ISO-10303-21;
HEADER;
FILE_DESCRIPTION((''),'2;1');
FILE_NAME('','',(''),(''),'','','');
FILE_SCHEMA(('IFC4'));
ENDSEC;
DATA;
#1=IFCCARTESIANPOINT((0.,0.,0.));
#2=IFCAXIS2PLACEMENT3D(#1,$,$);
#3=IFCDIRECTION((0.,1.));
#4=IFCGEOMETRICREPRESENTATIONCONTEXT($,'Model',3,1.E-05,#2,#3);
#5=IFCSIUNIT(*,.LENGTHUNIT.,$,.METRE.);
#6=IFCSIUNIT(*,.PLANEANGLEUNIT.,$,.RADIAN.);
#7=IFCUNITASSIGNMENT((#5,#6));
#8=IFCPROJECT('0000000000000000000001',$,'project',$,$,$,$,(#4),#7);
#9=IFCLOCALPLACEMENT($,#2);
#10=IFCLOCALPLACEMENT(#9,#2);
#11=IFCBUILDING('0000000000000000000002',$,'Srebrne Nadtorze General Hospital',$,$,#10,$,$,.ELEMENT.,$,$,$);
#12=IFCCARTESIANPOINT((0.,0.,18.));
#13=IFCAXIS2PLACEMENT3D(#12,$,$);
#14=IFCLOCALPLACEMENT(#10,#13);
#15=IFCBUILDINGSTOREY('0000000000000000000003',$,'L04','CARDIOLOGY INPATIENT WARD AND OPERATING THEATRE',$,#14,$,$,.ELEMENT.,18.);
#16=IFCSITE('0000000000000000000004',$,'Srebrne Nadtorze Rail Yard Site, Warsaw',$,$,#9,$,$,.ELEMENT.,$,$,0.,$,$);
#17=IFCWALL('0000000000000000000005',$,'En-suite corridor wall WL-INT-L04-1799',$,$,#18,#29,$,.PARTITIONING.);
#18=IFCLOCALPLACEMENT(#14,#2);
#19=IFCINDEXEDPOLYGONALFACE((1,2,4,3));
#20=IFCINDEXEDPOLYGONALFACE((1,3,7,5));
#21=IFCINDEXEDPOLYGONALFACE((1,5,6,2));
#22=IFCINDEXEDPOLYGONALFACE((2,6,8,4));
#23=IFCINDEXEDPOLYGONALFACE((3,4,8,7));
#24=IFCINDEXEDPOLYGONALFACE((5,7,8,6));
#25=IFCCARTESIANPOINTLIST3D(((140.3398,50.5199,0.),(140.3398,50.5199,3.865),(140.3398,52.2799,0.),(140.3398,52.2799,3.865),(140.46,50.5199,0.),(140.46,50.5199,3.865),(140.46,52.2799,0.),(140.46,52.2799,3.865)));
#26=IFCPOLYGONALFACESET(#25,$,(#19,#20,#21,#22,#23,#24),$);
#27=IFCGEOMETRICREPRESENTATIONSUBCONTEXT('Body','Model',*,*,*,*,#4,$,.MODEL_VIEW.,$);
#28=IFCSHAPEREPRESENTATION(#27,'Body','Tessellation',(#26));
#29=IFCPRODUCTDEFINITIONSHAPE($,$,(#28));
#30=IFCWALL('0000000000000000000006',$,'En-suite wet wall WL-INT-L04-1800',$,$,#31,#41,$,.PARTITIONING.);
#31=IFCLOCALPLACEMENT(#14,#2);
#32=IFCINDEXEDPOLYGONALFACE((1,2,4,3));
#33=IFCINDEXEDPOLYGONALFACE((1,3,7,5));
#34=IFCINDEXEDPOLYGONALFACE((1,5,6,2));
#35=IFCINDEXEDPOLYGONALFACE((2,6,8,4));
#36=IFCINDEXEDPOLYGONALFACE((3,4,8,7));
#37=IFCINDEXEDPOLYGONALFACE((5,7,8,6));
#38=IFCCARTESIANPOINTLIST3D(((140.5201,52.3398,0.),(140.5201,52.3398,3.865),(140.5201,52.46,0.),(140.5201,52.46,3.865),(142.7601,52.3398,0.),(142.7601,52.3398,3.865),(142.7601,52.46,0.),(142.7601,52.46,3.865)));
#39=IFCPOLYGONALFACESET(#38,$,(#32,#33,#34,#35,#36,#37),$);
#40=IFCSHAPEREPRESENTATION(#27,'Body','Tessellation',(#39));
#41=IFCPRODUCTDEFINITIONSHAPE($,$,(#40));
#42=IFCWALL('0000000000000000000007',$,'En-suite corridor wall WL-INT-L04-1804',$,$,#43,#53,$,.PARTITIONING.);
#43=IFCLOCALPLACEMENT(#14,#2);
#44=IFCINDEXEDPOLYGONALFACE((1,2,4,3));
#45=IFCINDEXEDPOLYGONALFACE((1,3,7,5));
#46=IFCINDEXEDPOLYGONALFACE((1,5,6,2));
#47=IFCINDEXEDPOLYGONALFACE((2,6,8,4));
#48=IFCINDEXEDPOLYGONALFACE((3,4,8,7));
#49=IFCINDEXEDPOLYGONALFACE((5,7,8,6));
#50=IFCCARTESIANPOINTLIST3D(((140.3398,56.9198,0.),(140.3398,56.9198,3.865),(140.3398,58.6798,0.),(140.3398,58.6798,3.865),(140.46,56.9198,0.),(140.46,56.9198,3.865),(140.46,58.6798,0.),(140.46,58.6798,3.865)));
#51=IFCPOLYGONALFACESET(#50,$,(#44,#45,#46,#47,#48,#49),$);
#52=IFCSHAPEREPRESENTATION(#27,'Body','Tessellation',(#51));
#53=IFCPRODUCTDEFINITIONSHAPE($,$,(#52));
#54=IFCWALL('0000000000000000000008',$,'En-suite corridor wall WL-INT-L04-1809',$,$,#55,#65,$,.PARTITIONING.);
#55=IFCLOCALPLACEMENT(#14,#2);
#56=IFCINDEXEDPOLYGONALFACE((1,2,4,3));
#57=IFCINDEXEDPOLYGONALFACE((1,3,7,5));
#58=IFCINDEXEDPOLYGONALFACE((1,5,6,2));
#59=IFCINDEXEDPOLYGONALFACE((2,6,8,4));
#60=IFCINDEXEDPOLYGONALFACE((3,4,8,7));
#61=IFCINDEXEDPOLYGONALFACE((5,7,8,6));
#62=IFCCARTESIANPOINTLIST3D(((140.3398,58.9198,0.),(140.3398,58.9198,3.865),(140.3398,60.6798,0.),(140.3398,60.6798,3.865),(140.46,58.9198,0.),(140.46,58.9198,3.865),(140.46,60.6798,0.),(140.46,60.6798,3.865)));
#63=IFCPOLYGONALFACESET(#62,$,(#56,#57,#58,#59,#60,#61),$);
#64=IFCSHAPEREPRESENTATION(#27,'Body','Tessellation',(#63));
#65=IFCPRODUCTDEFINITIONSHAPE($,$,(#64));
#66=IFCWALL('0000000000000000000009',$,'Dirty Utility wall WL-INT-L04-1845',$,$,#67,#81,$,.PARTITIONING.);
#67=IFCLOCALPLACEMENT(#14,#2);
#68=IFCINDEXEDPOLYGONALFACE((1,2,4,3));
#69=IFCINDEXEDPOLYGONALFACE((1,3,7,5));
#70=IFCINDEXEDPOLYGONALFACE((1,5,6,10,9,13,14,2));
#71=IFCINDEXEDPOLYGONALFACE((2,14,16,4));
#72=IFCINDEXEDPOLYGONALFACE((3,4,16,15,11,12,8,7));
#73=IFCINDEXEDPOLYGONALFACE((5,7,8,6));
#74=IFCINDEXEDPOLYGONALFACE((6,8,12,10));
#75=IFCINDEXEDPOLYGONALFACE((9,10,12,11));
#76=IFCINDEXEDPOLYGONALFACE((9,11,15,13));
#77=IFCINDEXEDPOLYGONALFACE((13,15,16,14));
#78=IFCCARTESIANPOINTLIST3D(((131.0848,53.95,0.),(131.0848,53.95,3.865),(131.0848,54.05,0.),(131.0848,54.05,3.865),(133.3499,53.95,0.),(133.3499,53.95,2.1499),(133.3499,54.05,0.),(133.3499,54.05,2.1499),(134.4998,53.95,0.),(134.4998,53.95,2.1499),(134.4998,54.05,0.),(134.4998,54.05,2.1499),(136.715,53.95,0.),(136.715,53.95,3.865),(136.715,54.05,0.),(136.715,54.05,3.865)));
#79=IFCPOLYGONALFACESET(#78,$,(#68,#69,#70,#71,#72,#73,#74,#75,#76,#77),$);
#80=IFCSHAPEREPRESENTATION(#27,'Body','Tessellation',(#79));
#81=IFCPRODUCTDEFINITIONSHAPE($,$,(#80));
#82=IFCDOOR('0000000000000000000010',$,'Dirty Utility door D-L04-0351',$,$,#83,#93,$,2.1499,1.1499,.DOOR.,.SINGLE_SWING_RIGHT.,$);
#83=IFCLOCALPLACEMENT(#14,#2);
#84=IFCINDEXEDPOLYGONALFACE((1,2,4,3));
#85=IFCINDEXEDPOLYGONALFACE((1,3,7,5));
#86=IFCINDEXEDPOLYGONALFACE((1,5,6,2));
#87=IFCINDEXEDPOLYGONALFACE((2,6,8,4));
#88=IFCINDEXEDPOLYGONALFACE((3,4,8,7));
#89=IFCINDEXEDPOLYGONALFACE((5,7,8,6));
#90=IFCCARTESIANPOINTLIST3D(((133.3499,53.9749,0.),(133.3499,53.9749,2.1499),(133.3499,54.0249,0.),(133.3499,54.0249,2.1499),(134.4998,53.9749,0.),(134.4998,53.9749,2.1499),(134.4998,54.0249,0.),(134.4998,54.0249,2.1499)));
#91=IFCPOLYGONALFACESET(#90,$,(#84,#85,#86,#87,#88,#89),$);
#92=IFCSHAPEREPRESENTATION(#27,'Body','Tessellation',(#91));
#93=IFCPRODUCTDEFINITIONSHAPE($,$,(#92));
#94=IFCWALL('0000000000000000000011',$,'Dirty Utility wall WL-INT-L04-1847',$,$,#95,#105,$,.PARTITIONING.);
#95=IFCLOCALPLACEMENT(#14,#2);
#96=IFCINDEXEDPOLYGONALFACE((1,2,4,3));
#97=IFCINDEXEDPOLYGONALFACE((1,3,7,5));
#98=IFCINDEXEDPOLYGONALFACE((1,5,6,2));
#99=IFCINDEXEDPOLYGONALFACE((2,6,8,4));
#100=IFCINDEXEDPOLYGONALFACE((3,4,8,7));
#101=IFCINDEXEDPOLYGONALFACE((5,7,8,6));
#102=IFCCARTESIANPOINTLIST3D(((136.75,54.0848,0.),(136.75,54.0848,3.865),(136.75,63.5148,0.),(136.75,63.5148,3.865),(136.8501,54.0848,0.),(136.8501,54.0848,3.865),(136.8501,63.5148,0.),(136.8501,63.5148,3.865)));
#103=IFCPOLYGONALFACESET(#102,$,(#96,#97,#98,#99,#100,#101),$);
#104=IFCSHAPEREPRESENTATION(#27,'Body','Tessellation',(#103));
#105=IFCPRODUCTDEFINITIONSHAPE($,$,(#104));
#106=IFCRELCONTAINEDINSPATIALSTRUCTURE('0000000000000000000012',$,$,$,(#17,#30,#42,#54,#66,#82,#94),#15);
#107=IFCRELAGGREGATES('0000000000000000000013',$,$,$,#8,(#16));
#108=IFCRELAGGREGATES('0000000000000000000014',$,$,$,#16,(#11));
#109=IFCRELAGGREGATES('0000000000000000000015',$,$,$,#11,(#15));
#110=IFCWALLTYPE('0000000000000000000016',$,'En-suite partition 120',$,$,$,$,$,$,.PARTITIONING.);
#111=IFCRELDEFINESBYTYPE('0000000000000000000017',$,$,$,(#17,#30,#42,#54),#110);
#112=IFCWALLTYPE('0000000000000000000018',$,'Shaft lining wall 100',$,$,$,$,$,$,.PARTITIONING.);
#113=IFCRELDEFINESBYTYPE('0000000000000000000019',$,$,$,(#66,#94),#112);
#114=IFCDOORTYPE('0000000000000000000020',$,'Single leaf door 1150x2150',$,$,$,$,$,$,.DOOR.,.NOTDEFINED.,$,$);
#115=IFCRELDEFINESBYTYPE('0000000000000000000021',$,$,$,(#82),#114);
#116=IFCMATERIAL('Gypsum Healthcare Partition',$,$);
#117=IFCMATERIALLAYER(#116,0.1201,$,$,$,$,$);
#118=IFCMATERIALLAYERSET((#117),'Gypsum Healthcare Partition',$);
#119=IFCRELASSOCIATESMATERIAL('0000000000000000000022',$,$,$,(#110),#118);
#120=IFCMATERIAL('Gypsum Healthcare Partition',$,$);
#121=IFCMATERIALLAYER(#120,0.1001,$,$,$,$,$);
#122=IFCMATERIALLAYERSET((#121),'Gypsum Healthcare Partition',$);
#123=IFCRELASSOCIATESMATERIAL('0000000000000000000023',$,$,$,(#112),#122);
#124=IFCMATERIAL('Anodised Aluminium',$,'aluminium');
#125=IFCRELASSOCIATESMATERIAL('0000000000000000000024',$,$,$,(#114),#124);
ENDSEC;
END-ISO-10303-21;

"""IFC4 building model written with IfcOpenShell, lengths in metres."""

from ifc_helpers import new_model, si_unit, direction, frame, frame_2d, origin, place, context, subcontext, project, spatial, rectangle, extrude, material, layer, layer_set, type_object, element, fill, save


model = new_model("IFC4")

# Units and contexts
model_context = context("Model", 3, precision=1e-05, world=origin(), true_north=direction((0.0, 1.0)))
body_context = subcontext(model_context, "Body", "Model", "MODEL_VIEW")
ifc_project = project(units=[si_unit("LENGTHUNIT", "METRE"), si_unit("PLANEANGLEUNIT", "RADIAN")], contexts=[model_context])

# Site, building, storey
site_placement = place(None, origin())
site = spatial("IfcSite", under=ifc_project, at=site_placement, Name="Srebrne Nadtorze Rail Yard Site, Warsaw", CompositionType="ELEMENT", RefElevation=0.0)
building_placement = place(site_placement, origin())
building = spatial("IfcBuilding", under=site, at=building_placement, Name="Srebrne Nadtorze General Hospital", CompositionType="ELEMENT")
storey_placement = place(building_placement, frame((0.0, 0.0, 18.0)))
storey = spatial("IfcBuildingStorey", under=building, at=storey_placement, Name="L04", Description="CARDIOLOGY INPATIENT WARD AND OPERATING THEATRE", CompositionType="ELEMENT", Elevation=18.0)

# Walls
ifc_material_1 = material(Name="Gypsum Healthcare Partition")
ifc_layer_1 = layer(ifc_material_1, 0.1201)
ifc_layer_set_1 = layer_set([ifc_layer_1], Name="Gypsum Healthcare Partition")
wall_type_1 = type_object("IfcWallType", Name="En-suite partition 120", PredefinedType="PARTITIONING", material=ifc_layer_set_1)
wall_1_placement = place(storey_placement, frame((140.3999, 50.52, 0.0), z_axis=(0.0, 0.0, 1.0), x_axis=(0.0, 1.0, 0.0)))
element("IfcWall", 1, at=wall_1_placement, inside=storey, type_object=wall_type_1, Name="En-suite corridor wall WL-INT-L04-1799", PredefinedType="PARTITIONING", context=body_context, shape_type="SweptSolid", body=[
    extrude(rectangle(XDim=1.76, YDim=0.1201, at=frame_2d((0.8799, 0.0))), origin(), (0.0, 0.0, 1.0), 3.865),
])
wall_2_placement = place(storey_placement, frame((140.52, 52.3999, 0.0), z_axis=(0.0, 0.0, 1.0), x_axis=(1.0, 0.0, 0.0)))
element("IfcWall", 2, at=wall_2_placement, inside=storey, type_object=wall_type_1, Name="En-suite wet wall WL-INT-L04-1800", PredefinedType="PARTITIONING", context=body_context, shape_type="SweptSolid", body=[
    extrude(rectangle(XDim=2.24, YDim=0.1201, at=frame_2d((1.1201, 0.0))), origin(), (0.0, 0.0, 1.0), 3.865),
])
for number, where, z_axis, x_axis, name in (
    (3, (140.3999, 56.9199, 0.0), (0.0, 0.0, 1.0), (0.0, 1.0, 0.0), "En-suite corridor wall WL-INT-L04-1804"),
    (4, (140.3999, 58.9199, 0.0), (0.0, 0.0, 1.0), (0.0, 1.0, 0.0), "En-suite corridor wall WL-INT-L04-1809"),
):
    element("IfcWall", number, at=place(storey_placement, frame(where, z_axis=z_axis, x_axis=x_axis)), inside=storey, type_object=wall_type_1, Name=name, PredefinedType="PARTITIONING", context=body_context, shape_type="SweptSolid", body=[
        extrude(rectangle(XDim=1.76, YDim=0.1201, at=frame_2d((0.8799, 0.0))), origin(), (0.0, 0.0, 1.0), 3.865),
    ])

# Wall, opening, door
ifc_material_2 = material(Name="Gypsum Healthcare Partition")
ifc_layer_2 = layer(ifc_material_2, 0.1001)
ifc_layer_set_2 = layer_set([ifc_layer_2], Name="Gypsum Healthcare Partition")
wall_type_2 = type_object("IfcWallType", Name="Shaft lining wall 100", PredefinedType="PARTITIONING", material=ifc_layer_set_2)
wall_3_placement = place(storey_placement, frame((131.085, 54.0, 0.0), z_axis=(0.0, 0.0, 1.0), x_axis=(1.0, 0.0, 0.0)))
wall_3 = element("IfcWall", 5, at=wall_3_placement, inside=storey, type_object=wall_type_2, Name="Dirty Utility wall WL-INT-L04-1845", PredefinedType="PARTITIONING", context=body_context, shape_type="SweptSolid", body=[
    extrude(rectangle(XDim=5.6301, YDim=0.1001, at=frame_2d((2.8149, 0.0))), origin(), (0.0, 0.0, 1.0), 3.865),
])
opening_1_placement = place(wall_3_placement, frame((2.2649, 0.0, 0.0)))
opening_1 = element("IfcOpeningElement", 6, at=opening_1_placement, cuts=wall_3, PredefinedType="OPENING", context=body_context, shape_type="SweptSolid", body=[
    extrude(rectangle(XDim=1.1499, YDim=2.1499, at=frame_2d((0.575, 1.075))), frame((0.0, 0.062, 0.0), z_axis=(0.0, -1.0, 0.0), x_axis=(1.0, 0.0, 0.0)), (0.0, 0.0, 1.0), 0.124),
])
ifc_material_3 = material(Name="Anodised Aluminium", Category="aluminium")
door_type_1 = type_object("IfcDoorType", Name="Single leaf door 1150x2150", OperationType="NOTDEFINED", PredefinedType="DOOR", material=ifc_material_3)
door_1_placement = place(opening_1_placement, origin())
door_1 = element("IfcDoor", 7, at=door_1_placement, inside=storey, type_object=door_type_1, Name="Dirty Utility door D-L04-0351", OperationType="SINGLE_SWING_RIGHT", OverallHeight=2.1499, OverallWidth=1.1499, PredefinedType="DOOR", context=body_context, shape_type="SweptSolid", body=[
    extrude(rectangle(XDim=1.1499, YDim=2.1499, at=frame_2d((0.575, 1.075))), frame((0.0, 0.0249, 0.0), z_axis=(0.0, -1.0, 0.0), x_axis=(1.0, 0.0, 0.0)), (0.0, 0.0, 1.0), 0.05),
])
fill(opening_1, door_1)

# Wall
wall_4_placement = place(storey_placement, frame((136.8, 54.085, 0.0), z_axis=(0.0, 0.0, 1.0), x_axis=(0.0, 1.0, 0.0)))
element("IfcWall", 8, at=wall_4_placement, inside=storey, type_object=wall_type_2, Name="Dirty Utility wall WL-INT-L04-1847", PredefinedType="PARTITIONING", context=body_context, shape_type="SweptSolid", body=[
    extrude(rectangle(XDim=9.4299, YDim=0.1001, at=frame_2d((4.7148, 0.0))), origin(), (0.0, 0.0, 1.0), 3.865),
])

save(model, "model.ifc")
